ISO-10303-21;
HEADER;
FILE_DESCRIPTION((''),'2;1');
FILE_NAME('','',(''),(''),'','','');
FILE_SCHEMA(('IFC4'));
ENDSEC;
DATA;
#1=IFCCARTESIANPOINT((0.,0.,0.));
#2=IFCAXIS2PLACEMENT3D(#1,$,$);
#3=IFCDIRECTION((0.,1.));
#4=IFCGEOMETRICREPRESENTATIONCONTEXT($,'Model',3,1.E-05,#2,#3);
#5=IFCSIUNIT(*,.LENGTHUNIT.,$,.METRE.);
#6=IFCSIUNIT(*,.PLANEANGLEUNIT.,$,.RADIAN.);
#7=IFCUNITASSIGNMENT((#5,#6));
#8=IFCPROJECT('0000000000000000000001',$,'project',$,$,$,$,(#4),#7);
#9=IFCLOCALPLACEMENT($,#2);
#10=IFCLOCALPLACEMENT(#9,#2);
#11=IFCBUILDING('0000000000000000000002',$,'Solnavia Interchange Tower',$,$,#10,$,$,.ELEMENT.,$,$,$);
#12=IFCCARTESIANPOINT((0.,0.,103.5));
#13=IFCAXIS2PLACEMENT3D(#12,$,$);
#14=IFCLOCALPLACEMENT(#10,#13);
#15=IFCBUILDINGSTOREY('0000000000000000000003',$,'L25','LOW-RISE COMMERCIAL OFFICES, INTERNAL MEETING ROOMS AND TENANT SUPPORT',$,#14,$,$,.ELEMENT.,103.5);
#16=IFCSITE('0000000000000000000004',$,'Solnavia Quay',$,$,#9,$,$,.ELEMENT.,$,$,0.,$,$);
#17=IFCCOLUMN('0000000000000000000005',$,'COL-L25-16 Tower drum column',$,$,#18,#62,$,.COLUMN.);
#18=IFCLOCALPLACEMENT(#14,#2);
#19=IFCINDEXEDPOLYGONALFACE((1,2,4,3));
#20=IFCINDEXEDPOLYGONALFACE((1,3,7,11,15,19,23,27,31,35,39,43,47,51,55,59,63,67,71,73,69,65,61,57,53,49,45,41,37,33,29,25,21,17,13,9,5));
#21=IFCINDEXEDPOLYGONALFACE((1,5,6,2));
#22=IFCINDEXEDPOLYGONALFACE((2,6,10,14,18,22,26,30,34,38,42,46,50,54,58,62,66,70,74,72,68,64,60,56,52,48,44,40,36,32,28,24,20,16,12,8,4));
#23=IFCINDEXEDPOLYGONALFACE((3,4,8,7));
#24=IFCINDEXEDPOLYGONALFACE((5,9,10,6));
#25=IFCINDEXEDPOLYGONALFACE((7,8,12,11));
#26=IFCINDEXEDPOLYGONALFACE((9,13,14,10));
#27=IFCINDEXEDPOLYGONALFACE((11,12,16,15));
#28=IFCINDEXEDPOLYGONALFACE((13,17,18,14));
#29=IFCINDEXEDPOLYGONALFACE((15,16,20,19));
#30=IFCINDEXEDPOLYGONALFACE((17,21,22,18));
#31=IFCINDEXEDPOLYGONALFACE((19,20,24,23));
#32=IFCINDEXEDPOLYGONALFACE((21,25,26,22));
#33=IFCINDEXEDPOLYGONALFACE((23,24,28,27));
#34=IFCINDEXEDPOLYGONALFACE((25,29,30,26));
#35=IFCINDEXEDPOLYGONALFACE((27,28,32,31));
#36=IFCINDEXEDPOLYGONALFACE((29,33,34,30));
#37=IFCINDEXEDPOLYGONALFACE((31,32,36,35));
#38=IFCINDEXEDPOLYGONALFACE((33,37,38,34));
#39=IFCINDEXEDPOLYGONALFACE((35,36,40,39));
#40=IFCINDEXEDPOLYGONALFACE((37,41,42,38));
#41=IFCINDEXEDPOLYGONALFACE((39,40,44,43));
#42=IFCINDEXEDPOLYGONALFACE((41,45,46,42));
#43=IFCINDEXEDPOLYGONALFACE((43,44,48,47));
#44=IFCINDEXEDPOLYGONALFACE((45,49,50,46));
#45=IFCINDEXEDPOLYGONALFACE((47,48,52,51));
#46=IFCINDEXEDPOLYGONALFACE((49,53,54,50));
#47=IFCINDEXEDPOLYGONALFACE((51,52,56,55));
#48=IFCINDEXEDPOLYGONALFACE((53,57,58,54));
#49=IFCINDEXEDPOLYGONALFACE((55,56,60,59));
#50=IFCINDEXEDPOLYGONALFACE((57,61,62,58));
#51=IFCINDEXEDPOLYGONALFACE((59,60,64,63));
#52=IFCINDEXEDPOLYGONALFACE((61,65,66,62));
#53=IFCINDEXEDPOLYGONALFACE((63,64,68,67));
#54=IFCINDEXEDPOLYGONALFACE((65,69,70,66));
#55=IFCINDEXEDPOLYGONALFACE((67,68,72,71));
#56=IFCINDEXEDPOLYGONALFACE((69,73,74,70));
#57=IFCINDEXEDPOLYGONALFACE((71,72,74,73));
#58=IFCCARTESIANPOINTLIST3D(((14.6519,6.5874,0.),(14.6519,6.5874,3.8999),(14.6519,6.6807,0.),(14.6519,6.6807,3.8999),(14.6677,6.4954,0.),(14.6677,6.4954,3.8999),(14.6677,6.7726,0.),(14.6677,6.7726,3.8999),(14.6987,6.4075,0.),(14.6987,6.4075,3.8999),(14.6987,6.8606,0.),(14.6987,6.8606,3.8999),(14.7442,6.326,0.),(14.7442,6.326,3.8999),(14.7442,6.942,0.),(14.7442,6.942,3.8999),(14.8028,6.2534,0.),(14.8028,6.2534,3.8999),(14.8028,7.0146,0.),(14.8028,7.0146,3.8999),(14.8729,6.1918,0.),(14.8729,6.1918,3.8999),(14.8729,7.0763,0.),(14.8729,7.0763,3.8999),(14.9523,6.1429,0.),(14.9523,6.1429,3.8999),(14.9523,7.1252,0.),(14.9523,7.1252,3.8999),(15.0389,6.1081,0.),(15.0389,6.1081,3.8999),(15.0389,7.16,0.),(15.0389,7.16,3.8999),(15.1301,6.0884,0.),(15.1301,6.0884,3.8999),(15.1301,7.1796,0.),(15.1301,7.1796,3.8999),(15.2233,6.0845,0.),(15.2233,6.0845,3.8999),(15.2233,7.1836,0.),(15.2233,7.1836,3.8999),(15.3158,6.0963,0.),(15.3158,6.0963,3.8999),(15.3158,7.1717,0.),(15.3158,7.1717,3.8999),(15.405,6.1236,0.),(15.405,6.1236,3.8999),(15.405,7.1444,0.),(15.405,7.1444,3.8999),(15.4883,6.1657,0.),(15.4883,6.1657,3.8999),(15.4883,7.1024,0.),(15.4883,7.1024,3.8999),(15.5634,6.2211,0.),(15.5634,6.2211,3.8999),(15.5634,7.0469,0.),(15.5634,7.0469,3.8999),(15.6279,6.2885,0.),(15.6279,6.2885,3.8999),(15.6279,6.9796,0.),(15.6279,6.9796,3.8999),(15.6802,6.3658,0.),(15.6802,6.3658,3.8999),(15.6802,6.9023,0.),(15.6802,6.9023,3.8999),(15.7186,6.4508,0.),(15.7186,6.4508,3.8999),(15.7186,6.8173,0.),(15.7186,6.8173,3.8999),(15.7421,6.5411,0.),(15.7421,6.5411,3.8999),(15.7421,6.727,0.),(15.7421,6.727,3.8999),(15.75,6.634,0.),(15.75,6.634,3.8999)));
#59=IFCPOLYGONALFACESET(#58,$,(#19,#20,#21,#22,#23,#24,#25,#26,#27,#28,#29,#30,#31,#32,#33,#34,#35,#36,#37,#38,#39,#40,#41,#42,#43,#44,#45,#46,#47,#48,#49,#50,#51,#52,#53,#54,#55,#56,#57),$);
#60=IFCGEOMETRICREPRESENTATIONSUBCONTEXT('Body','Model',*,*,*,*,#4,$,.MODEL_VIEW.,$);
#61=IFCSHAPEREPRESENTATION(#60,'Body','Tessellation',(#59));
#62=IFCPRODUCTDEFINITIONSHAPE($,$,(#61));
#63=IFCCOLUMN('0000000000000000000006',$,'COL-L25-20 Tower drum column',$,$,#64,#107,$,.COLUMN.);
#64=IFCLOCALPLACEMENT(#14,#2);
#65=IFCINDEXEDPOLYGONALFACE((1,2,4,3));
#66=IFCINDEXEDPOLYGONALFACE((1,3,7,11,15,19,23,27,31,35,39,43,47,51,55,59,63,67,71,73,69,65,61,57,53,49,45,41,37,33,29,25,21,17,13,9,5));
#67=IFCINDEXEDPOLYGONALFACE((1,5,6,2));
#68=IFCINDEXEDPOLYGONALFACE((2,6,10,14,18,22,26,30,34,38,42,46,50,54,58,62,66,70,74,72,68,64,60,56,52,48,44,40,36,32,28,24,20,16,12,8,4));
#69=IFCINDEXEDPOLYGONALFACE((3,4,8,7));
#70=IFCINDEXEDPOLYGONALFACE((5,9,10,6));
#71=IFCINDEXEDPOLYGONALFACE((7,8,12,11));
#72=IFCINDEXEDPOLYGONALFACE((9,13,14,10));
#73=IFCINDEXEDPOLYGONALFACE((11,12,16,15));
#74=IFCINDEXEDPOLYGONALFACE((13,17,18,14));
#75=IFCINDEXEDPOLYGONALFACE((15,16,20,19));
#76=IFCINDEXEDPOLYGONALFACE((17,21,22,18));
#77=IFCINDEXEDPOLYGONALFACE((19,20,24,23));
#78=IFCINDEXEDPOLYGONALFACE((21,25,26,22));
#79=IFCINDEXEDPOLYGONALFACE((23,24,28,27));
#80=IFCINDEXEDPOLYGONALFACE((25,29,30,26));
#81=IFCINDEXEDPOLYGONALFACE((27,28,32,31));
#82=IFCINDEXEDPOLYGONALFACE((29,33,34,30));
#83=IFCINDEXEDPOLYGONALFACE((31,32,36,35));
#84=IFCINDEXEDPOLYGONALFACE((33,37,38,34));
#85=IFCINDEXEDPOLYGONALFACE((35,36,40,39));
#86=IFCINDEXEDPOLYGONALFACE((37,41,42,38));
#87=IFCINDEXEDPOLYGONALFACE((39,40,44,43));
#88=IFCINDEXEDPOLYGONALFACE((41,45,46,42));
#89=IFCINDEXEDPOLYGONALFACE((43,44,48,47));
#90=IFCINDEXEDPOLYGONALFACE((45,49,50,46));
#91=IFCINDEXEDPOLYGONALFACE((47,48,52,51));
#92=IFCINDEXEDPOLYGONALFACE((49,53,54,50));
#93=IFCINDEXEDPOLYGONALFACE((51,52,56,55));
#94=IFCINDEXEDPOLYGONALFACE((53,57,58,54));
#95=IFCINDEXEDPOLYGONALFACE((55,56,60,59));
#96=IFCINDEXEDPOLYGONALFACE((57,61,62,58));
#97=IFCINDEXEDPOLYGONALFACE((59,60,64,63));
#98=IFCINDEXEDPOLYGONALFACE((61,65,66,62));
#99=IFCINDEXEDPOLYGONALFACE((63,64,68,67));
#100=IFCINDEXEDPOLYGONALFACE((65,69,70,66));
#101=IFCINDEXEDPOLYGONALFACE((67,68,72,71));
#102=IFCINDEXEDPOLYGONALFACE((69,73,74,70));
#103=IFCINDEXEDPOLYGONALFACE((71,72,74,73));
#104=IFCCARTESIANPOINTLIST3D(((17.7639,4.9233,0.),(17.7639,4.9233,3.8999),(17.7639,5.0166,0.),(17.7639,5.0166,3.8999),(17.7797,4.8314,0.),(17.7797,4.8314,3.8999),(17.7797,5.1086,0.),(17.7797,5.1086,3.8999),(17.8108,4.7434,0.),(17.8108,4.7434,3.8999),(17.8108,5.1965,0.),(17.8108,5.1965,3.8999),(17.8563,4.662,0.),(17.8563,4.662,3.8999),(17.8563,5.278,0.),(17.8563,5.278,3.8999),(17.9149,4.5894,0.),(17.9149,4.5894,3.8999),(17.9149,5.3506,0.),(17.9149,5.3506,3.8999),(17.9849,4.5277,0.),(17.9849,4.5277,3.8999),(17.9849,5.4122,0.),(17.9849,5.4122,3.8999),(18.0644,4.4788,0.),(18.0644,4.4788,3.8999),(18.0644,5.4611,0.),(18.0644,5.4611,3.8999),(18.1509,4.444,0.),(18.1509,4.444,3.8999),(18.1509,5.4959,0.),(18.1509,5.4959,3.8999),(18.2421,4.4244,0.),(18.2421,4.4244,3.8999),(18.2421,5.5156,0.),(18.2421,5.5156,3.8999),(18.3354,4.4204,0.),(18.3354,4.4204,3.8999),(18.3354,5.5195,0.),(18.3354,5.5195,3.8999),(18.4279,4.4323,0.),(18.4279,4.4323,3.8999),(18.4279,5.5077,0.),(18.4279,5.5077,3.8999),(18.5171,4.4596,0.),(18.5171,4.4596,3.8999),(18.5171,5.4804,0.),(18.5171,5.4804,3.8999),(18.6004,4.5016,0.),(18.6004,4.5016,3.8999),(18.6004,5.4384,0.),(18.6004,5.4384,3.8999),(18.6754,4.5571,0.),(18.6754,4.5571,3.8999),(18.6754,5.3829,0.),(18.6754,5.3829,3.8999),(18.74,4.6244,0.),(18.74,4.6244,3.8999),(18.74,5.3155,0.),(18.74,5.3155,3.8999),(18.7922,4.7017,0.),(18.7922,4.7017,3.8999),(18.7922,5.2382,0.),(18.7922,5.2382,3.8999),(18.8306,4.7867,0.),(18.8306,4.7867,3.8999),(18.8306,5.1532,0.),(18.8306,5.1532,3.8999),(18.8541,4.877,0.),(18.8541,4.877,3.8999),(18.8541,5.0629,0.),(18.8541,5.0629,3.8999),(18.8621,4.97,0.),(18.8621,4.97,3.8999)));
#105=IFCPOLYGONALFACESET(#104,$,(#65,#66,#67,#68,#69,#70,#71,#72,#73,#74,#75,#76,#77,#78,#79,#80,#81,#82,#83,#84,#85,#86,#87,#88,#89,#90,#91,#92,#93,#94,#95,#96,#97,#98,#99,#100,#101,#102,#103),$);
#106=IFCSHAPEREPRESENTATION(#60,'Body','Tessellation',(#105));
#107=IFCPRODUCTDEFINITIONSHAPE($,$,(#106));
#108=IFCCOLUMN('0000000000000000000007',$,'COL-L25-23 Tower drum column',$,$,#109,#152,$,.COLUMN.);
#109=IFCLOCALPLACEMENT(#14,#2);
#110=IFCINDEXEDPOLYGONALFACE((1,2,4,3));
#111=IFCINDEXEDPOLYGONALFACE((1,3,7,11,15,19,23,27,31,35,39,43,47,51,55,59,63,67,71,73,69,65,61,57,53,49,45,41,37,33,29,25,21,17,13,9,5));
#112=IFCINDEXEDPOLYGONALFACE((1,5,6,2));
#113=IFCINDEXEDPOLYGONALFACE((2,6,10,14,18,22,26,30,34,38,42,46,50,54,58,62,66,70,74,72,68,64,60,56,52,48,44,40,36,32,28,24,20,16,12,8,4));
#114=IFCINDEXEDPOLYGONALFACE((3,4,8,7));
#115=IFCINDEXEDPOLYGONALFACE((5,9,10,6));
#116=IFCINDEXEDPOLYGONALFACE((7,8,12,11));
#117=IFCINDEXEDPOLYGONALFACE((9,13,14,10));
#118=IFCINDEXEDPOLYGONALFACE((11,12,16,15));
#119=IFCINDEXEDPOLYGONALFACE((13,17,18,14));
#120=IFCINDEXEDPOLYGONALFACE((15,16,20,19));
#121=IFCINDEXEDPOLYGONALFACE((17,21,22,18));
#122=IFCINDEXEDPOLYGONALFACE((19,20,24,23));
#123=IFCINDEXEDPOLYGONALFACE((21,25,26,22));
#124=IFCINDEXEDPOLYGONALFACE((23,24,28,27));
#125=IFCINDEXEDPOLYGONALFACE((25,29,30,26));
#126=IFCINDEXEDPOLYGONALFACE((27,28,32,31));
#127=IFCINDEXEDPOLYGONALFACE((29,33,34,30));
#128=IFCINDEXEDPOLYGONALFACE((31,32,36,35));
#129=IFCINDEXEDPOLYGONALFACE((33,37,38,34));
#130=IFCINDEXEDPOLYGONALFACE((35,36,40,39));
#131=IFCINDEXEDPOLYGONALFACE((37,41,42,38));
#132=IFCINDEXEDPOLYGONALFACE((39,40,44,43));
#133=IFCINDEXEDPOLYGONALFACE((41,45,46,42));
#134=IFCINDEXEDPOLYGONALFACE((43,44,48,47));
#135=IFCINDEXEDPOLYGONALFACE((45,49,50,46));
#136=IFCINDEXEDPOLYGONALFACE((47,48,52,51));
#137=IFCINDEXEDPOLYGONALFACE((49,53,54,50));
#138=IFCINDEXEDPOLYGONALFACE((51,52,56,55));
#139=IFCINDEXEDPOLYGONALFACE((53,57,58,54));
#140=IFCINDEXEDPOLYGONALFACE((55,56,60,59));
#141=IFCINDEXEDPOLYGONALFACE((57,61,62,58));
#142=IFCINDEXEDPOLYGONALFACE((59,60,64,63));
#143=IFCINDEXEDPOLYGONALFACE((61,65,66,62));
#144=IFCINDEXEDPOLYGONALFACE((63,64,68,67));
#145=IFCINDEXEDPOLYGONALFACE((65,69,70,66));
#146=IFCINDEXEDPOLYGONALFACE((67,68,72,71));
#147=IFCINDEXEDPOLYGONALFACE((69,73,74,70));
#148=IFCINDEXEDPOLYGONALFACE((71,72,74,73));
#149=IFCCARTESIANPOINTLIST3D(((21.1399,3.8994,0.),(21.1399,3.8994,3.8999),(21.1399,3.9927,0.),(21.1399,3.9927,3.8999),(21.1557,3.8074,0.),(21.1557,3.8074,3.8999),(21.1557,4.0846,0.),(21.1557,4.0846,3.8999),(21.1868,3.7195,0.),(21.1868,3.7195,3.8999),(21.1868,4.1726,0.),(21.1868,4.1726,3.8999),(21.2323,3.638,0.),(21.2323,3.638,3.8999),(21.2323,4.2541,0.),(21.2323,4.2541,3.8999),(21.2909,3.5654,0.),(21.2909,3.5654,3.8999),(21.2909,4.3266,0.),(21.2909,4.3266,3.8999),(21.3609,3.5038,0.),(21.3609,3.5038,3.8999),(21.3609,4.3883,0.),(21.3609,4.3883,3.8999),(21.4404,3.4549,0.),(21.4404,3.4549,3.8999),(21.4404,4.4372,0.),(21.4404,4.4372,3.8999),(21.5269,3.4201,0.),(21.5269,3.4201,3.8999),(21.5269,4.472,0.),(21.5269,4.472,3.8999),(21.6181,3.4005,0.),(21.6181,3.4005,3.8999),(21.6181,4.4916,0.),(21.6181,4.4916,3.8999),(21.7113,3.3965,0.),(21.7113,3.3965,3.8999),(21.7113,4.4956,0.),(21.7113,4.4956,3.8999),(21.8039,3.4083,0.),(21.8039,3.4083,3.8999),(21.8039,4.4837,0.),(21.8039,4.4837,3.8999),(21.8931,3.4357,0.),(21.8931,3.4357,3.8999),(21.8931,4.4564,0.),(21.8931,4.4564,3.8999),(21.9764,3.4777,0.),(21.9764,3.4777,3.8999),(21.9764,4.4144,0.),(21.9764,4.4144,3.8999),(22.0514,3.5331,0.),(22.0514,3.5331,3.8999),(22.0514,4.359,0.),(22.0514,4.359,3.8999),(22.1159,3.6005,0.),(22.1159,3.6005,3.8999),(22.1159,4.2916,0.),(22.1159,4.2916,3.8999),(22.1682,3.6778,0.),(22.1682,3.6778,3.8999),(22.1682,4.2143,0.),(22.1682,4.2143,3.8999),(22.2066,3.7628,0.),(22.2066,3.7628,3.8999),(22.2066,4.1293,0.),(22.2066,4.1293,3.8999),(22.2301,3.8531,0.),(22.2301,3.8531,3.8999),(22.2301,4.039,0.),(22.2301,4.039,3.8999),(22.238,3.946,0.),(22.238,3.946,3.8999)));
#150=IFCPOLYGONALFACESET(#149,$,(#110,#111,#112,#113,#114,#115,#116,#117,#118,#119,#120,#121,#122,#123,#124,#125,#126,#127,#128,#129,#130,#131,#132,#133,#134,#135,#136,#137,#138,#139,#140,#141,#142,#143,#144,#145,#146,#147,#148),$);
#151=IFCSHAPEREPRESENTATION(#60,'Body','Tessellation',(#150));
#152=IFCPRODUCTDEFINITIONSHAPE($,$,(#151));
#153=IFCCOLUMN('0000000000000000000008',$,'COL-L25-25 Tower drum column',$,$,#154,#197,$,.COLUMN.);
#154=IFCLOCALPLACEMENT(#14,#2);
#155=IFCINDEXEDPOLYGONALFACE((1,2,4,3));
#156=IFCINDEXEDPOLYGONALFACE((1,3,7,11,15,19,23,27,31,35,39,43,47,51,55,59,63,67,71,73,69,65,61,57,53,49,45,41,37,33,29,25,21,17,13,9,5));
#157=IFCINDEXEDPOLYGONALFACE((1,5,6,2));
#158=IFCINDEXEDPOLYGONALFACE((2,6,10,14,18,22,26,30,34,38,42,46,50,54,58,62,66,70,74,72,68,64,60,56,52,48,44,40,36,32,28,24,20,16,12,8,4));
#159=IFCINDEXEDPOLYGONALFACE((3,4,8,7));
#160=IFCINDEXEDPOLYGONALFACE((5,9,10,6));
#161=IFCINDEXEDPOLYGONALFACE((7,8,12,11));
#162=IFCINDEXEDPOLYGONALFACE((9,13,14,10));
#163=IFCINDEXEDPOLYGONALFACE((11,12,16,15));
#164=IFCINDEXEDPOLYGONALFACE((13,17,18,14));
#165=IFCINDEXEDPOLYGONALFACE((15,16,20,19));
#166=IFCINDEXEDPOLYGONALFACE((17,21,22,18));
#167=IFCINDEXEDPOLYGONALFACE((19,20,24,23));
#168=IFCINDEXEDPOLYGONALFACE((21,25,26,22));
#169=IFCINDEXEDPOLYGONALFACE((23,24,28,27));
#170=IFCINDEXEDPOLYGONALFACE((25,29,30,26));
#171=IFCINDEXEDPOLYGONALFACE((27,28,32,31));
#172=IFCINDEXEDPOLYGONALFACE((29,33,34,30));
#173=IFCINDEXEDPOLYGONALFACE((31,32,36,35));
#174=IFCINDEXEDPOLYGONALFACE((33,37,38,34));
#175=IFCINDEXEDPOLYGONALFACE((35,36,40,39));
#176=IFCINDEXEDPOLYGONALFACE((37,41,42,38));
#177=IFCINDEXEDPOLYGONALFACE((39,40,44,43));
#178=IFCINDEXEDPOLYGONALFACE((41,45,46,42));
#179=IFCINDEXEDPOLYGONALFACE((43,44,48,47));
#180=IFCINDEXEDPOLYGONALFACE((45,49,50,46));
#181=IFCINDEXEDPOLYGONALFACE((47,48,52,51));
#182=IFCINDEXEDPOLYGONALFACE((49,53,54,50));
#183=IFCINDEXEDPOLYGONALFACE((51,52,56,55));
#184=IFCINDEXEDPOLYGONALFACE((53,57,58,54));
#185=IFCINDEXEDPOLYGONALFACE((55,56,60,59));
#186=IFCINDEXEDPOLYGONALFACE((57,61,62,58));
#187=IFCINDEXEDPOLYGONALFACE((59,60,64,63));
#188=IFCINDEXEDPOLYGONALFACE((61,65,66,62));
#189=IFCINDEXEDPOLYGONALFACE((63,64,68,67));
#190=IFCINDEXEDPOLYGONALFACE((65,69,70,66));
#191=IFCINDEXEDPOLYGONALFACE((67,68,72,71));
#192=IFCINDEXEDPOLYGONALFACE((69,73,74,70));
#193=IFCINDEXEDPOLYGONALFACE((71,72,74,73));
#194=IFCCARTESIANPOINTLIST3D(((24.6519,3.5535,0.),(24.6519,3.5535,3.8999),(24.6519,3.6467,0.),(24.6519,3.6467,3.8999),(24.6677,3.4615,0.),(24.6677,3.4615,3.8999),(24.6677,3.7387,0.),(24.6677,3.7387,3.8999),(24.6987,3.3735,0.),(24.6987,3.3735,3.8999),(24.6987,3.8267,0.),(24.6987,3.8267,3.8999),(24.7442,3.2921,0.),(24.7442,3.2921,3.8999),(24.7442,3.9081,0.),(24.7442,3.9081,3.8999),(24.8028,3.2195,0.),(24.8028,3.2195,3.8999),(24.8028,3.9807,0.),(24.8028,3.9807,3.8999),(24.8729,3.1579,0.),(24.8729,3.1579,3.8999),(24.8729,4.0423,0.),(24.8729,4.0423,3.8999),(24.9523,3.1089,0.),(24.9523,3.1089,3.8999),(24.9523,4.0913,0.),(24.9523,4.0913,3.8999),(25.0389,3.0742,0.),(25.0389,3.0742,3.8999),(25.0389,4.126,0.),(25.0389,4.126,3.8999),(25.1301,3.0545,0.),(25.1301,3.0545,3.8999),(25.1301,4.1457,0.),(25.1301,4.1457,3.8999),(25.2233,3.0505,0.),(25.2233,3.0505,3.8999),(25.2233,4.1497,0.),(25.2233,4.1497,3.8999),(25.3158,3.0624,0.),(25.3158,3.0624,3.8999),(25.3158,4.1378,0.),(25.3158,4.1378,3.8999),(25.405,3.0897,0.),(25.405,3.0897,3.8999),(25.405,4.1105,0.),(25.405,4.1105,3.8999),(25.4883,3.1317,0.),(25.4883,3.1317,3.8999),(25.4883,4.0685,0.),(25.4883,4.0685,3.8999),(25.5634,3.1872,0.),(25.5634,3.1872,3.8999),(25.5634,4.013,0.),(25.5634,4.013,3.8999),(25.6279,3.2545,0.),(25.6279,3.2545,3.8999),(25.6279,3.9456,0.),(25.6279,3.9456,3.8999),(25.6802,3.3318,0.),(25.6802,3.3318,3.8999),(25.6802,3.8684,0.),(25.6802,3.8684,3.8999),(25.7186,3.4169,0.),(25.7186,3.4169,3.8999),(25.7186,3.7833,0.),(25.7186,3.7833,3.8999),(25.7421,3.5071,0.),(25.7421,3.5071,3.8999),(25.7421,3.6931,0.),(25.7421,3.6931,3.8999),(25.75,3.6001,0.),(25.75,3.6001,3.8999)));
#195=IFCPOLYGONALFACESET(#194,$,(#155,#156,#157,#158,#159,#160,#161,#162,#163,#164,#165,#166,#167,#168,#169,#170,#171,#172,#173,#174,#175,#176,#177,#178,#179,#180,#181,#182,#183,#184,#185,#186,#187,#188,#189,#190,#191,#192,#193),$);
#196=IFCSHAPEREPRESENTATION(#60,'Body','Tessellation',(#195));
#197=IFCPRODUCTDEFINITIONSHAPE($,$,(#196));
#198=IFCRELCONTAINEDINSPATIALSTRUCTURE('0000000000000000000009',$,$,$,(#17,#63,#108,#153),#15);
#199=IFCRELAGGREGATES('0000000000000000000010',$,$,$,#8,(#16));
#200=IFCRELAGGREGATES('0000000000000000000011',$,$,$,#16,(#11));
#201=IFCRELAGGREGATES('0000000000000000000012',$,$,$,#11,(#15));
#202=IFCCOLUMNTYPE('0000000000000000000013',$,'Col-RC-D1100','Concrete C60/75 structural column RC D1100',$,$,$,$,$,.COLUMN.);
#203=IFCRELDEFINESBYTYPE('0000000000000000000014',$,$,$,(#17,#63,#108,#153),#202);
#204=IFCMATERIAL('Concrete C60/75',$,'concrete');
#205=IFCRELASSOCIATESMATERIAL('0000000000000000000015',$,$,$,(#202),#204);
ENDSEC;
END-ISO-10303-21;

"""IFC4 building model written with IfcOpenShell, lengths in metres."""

from ifc_helpers import new_model, si_unit, direction, frame, origin, origin_2d, place, context, subcontext, project, spatial, circle, extrude, material, material_profile, profile_set, type_object, element, save


model = new_model("IFC4")

# Units and contexts
model_context = context("Model", 3, precision=1e-05, world=origin(), true_north=direction((0.0, 1.0)))
body_context = subcontext(model_context, "Body", "Model", "MODEL_VIEW")
ifc_project = project(units=[si_unit("LENGTHUNIT", "METRE"), si_unit("PLANEANGLEUNIT", "RADIAN")], contexts=[model_context])

# Site, building, storey
site_placement = place(None, origin())
site = spatial("IfcSite", under=ifc_project, at=site_placement, Name="Solnavia Quay", CompositionType="ELEMENT", RefElevation=0.0)
building_placement = place(site_placement, origin())
building = spatial("IfcBuilding", under=site, at=building_placement, Name="Solnavia Interchange Tower", CompositionType="ELEMENT")
storey_placement = place(building_placement, frame((0.0, 0.0, 103.5)))
storey = spatial("IfcBuildingStorey", under=building, at=storey_placement, Name="L25", Description="LOW-RISE COMMERCIAL OFFICES, INTERNAL MEETING ROOMS AND TENANT SUPPORT", CompositionType="ELEMENT", Elevation=103.5)

# Columns
ifc_material_1 = material(Name="Concrete C60/75", Category="concrete")
ifc_material_profile_1 = material_profile(ifc_material_1, circle(Radius=0.55, at=origin_2d()), Name="RC D1100")
ifc_profile_set_1 = profile_set([ifc_material_profile_1], Name="Concrete C60/75")
column_type_1 = type_object("IfcColumnType", Name="Col-RC-D1100", Description="Concrete C60/75 structural column RC D1100", PredefinedType="COLUMN", material=ifc_profile_set_1)
for number, where, z_axis, x_axis, name in (
    (1, (15.2, 6.634, 0.0), (0.0, 0.0, 1.0), (1.0, 0.0, 0.0), "COL-L25-16 Tower drum column"),
    (2, (18.312, 4.97, 0.0), (0.0, 0.0, 1.0), (1.0, 0.0, 0.0), "COL-L25-20 Tower drum column"),
    (3, (21.688, 3.946, 0.0), (0.0, 0.0, 1.0), (1.0, 0.0, 0.0), "COL-L25-23 Tower drum column"),
    (4, (25.2, 3.6001, 0.0), (0.0, 0.0, 1.0), (1.0, 0.0, 0.0), "COL-L25-25 Tower drum column"),
):
    element("IfcColumn", number, at=place(storey_placement, frame(where, z_axis=z_axis, x_axis=x_axis)), inside=storey, type_object=column_type_1, Name=name, PredefinedType="COLUMN", context=body_context, shape_type="SweptSolid", body=[
        extrude(circle(Radius=0.55, at=origin_2d()), origin(), (0.0, 0.0, 1.0), 3.8999),
    ])

save(model, "model.ifc")
